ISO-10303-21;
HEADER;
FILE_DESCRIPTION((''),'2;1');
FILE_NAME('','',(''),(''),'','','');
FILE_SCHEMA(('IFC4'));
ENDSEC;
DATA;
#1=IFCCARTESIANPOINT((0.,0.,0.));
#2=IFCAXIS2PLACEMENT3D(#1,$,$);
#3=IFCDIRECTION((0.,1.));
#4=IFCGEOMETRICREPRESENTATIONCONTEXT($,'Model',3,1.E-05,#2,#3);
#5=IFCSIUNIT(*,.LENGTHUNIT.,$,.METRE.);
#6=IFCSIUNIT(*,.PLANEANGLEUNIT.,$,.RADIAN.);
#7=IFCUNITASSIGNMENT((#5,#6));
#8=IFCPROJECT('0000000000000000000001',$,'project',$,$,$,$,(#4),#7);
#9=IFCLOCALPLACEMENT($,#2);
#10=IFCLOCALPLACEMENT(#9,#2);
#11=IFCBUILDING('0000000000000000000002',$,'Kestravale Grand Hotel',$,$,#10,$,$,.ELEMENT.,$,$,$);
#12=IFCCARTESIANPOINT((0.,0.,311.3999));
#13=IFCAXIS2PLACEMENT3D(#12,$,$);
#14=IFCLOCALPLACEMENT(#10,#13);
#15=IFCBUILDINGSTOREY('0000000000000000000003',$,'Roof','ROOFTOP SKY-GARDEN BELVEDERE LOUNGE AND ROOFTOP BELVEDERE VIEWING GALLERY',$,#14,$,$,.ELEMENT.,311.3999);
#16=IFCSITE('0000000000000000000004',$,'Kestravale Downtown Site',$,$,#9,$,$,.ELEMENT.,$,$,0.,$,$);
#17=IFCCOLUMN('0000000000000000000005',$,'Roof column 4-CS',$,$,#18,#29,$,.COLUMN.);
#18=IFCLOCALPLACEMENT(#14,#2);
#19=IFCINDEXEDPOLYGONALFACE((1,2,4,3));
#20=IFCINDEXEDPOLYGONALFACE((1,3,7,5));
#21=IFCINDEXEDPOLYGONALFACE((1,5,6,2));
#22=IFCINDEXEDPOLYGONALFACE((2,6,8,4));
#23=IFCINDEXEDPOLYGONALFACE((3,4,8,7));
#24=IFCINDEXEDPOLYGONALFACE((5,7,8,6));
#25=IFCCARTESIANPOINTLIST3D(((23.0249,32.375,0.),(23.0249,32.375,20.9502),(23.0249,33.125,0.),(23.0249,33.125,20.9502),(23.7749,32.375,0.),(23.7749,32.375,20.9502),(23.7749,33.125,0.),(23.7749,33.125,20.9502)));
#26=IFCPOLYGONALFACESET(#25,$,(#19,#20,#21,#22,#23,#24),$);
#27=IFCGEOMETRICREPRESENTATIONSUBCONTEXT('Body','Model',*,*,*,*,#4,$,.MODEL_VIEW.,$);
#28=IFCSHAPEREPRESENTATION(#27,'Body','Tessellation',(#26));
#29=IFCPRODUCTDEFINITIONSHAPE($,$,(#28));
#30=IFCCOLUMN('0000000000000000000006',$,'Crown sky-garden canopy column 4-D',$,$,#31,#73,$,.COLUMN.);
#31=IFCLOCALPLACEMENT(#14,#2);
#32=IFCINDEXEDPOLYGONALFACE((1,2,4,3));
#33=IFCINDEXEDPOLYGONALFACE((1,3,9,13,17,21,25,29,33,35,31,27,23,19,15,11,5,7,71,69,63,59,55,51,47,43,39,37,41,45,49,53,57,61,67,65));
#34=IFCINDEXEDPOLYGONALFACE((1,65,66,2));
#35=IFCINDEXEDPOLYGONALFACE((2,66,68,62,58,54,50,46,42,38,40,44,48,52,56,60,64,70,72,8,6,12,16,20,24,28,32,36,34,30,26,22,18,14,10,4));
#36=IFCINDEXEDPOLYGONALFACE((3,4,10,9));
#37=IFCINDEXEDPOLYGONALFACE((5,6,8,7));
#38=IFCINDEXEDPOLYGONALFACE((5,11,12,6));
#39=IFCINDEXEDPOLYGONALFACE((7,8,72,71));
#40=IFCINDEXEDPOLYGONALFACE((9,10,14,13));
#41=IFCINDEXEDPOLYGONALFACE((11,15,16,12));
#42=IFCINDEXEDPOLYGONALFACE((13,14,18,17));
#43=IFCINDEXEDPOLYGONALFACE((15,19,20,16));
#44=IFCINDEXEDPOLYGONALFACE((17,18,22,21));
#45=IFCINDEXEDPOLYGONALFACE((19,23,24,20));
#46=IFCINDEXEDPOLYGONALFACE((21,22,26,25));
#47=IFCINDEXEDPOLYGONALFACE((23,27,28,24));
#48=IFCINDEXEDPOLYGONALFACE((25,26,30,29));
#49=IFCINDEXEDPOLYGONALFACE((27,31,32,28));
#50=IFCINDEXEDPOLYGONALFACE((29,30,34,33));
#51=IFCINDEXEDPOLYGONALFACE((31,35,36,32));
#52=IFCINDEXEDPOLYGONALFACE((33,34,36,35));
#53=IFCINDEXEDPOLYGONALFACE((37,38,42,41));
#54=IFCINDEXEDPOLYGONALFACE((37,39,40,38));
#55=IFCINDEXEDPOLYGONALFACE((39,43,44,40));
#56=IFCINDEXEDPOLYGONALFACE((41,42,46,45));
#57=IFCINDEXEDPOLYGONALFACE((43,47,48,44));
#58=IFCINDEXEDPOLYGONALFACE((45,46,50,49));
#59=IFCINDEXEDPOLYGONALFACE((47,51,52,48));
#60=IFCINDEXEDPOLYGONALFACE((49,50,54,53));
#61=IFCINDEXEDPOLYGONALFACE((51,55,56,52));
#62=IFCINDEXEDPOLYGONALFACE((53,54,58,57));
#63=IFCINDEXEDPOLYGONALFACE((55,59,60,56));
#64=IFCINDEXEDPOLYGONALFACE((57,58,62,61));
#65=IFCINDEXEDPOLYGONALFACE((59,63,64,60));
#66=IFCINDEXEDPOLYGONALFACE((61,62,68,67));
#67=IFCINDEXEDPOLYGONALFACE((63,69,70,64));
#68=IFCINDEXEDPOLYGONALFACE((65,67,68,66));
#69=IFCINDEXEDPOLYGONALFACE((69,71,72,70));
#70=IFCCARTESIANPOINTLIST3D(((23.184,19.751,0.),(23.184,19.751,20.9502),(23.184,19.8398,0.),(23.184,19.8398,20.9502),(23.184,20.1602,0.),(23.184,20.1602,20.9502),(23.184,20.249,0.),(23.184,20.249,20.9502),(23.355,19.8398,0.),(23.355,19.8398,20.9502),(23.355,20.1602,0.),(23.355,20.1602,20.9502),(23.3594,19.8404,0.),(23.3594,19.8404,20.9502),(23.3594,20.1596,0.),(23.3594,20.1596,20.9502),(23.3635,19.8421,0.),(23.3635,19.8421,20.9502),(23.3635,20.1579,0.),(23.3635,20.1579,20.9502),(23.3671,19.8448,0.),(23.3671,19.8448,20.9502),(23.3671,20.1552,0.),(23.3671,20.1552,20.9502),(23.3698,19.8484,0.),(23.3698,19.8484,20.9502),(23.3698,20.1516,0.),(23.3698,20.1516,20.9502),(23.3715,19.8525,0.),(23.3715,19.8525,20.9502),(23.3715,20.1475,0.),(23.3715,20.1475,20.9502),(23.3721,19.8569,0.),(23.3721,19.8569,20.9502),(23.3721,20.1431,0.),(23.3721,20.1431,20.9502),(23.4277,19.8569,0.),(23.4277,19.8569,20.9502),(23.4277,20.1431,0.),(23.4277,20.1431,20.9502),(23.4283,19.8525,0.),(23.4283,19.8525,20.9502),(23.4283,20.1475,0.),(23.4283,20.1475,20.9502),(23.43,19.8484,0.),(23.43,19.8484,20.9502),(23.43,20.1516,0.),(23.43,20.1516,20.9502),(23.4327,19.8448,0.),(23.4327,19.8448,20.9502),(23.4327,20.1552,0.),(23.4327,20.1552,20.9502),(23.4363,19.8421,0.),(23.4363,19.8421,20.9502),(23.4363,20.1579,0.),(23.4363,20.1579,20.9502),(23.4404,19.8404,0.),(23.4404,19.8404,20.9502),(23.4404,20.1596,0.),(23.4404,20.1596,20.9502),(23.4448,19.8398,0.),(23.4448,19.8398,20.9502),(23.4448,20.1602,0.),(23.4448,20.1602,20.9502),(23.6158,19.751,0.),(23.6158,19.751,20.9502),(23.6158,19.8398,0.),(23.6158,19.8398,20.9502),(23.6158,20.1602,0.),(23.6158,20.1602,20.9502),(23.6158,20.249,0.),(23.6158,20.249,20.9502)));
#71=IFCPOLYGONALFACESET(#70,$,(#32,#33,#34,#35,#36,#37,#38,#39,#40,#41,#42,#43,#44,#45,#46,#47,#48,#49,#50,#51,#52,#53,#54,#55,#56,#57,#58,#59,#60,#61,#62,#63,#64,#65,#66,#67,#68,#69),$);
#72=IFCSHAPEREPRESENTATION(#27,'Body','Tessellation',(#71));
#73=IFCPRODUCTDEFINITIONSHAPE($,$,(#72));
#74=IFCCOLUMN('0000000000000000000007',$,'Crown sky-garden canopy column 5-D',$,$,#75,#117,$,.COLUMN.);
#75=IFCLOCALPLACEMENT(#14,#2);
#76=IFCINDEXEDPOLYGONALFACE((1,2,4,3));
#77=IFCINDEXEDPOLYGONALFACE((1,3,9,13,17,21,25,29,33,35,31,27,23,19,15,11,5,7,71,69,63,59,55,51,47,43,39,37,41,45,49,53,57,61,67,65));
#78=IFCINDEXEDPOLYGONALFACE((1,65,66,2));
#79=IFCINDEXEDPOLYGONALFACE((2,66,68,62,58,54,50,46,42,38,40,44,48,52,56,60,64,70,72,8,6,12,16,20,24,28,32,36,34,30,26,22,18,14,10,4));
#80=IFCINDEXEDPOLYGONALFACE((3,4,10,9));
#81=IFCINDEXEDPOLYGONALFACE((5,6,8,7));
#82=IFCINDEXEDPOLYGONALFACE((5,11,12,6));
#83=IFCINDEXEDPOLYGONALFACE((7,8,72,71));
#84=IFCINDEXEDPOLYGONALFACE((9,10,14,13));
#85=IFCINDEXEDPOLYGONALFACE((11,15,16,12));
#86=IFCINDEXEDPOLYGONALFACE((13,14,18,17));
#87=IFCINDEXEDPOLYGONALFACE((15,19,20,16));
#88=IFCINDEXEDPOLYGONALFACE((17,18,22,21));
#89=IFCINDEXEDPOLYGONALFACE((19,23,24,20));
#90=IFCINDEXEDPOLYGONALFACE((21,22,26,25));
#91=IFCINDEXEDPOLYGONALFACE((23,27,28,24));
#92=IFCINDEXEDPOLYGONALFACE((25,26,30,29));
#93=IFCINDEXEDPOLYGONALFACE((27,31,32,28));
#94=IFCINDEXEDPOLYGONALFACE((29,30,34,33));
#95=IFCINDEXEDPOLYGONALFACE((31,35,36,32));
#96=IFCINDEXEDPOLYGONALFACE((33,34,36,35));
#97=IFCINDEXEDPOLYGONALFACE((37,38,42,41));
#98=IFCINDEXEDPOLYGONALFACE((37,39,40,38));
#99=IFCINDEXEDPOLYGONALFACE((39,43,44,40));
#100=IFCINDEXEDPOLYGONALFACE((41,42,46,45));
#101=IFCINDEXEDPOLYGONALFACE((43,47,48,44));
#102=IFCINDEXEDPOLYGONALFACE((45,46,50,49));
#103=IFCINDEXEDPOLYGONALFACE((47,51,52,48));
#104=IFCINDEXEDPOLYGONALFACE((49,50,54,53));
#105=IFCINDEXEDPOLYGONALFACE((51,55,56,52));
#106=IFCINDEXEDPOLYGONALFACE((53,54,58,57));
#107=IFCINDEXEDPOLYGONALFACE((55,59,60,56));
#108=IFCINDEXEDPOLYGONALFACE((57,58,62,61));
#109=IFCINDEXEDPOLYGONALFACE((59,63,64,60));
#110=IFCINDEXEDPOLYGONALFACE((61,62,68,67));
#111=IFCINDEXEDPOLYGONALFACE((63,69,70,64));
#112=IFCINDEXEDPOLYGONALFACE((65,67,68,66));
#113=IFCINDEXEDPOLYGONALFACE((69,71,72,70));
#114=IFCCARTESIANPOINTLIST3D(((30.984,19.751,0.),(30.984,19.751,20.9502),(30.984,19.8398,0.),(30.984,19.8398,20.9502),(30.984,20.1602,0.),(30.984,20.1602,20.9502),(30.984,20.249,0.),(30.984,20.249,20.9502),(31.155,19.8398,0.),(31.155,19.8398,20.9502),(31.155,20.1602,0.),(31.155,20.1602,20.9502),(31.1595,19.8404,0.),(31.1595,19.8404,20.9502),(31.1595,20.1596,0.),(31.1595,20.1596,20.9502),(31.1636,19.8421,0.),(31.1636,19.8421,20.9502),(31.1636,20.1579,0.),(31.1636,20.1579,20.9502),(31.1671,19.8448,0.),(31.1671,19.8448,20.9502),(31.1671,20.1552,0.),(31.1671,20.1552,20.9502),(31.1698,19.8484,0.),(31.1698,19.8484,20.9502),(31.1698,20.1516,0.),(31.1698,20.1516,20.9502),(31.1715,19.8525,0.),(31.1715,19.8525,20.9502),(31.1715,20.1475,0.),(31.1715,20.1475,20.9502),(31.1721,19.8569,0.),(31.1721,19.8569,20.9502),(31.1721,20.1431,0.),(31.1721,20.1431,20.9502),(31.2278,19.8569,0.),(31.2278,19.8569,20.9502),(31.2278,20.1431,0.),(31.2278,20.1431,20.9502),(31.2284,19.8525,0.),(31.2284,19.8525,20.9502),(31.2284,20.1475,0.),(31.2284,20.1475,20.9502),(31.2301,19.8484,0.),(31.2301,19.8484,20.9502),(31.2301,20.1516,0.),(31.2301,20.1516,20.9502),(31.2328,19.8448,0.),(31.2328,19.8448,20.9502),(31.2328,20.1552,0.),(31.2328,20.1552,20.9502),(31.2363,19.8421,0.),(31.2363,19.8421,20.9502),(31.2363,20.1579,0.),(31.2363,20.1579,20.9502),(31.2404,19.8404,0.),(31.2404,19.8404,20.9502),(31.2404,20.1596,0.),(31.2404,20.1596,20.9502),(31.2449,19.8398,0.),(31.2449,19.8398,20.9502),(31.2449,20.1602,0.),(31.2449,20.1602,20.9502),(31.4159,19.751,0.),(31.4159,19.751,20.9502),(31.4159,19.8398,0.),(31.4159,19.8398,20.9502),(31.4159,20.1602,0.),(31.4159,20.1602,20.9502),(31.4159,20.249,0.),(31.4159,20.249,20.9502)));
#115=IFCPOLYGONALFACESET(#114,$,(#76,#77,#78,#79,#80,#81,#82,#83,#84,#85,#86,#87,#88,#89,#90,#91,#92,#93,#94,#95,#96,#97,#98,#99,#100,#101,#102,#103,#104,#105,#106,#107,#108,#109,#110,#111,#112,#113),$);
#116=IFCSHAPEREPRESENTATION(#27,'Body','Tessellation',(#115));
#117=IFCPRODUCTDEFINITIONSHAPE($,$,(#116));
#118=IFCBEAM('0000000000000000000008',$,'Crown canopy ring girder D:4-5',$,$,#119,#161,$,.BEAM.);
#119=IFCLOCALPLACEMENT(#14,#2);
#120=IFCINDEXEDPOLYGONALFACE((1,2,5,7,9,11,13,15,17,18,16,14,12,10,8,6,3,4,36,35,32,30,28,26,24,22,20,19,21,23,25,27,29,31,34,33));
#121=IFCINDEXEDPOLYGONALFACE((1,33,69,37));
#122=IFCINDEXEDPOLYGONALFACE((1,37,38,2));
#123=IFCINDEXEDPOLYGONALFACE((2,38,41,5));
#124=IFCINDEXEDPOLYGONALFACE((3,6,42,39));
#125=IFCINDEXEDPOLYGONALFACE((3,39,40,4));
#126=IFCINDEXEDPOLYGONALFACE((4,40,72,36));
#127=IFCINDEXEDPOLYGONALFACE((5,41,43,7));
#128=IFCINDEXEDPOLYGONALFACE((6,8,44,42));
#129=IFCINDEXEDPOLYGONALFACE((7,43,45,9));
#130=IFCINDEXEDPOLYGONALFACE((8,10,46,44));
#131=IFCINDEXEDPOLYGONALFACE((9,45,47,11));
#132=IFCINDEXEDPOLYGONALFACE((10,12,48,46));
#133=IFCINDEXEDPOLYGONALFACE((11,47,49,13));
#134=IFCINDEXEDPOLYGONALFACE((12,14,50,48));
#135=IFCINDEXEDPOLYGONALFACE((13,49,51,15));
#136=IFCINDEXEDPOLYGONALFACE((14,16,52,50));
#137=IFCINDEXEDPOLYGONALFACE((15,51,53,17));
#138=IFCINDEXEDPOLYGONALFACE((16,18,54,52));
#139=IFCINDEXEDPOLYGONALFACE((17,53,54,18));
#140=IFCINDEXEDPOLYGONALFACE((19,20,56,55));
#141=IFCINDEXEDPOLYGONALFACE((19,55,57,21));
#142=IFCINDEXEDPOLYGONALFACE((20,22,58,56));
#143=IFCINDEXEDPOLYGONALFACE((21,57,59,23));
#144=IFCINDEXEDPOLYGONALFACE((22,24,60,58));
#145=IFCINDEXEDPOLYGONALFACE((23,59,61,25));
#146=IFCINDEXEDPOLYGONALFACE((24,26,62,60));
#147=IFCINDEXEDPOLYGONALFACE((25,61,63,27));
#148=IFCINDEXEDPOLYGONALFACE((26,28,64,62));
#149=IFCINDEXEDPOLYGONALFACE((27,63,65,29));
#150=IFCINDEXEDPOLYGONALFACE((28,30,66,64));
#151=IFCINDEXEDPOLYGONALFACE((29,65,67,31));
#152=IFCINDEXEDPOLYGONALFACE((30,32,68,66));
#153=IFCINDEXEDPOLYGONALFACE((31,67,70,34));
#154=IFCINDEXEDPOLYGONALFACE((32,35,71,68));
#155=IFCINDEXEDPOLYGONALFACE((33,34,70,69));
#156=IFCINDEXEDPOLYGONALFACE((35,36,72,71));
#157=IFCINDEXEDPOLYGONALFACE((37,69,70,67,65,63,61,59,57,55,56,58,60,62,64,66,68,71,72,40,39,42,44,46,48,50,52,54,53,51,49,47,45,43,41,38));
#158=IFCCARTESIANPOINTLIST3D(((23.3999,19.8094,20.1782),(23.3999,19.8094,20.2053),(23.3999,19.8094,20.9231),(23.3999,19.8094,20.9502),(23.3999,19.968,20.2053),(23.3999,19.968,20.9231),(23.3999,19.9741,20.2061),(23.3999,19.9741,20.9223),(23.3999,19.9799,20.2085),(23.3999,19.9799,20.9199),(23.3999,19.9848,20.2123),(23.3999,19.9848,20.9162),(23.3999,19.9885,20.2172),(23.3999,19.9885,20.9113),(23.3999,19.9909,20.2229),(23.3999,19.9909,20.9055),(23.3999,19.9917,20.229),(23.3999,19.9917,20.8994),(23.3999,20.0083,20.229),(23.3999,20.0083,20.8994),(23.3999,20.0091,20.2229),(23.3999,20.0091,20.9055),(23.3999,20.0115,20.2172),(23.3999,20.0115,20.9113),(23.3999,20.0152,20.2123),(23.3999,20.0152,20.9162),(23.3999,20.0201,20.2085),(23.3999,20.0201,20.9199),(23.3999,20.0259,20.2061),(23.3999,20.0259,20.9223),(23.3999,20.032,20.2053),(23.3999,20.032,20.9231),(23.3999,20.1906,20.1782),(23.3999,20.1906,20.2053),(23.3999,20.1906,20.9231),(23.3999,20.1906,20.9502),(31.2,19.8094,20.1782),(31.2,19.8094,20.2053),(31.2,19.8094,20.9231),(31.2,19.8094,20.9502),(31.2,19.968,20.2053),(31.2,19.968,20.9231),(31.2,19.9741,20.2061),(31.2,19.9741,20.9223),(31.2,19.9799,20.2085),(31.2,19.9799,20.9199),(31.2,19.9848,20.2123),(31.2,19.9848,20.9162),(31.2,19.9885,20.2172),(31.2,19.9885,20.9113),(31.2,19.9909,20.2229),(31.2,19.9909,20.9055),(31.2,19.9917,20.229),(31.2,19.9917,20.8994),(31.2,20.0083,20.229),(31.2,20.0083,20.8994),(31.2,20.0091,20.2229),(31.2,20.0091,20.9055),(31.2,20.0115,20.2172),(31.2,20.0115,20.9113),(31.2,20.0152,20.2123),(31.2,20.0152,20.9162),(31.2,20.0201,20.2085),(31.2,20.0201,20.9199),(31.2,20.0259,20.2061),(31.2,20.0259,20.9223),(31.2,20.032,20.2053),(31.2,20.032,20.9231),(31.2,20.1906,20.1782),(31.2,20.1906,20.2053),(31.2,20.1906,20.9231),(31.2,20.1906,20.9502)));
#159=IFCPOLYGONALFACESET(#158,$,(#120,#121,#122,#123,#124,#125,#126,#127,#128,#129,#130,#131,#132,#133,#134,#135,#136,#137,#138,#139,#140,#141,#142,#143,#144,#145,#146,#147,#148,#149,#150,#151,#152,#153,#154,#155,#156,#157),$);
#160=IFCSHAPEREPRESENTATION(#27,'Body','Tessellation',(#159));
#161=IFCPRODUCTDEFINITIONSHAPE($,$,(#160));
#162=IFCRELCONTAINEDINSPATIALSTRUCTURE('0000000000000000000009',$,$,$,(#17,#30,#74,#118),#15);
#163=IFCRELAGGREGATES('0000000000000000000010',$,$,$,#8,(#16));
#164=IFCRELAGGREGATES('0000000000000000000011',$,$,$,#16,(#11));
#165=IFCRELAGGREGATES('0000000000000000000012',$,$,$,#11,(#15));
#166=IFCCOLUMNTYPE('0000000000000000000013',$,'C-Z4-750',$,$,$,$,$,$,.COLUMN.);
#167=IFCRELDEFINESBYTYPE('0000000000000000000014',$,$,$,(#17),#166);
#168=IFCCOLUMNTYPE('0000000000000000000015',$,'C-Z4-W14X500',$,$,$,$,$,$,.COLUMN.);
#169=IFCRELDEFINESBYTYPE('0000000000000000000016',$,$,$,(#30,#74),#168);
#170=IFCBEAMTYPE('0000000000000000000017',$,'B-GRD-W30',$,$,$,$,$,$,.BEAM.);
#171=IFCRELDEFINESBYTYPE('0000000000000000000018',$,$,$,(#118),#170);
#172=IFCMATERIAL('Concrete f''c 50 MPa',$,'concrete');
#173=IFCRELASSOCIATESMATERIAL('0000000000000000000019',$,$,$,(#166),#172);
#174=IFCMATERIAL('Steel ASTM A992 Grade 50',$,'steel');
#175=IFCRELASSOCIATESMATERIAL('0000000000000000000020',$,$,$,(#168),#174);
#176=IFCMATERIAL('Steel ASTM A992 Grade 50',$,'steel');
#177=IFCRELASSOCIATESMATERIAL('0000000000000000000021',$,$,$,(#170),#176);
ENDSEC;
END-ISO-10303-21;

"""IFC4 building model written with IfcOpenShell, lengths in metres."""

from ifc_helpers import new_model, si_unit, direction, frame, origin, origin_2d, place, context, subcontext, project, spatial, rectangle, i_section, extrude, material, material_profile, profile_set, type_object, element, save


model = new_model("IFC4")

# Units and contexts
model_context = context("Model", 3, precision=1e-05, world=origin(), true_north=direction((0.0, 1.0)))
body_context = subcontext(model_context, "Body", "Model", "MODEL_VIEW")
ifc_project = project(units=[si_unit("LENGTHUNIT", "METRE"), si_unit("PLANEANGLEUNIT", "RADIAN")], contexts=[model_context])

# Site, building, storey
site_placement = place(None, origin())
site = spatial("IfcSite", under=ifc_project, at=site_placement, Name="Kestravale Downtown Site", CompositionType="ELEMENT", RefElevation=0.0)
building_placement = place(site_placement, origin())
building = spatial("IfcBuilding", under=site, at=building_placement, Name="Kestravale Grand Hotel", CompositionType="ELEMENT")
storey_placement = place(building_placement, frame((0.0, 0.0, 311.3999)))
storey = spatial("IfcBuildingStorey", under=building, at=storey_placement, Name="Roof", Description="ROOFTOP SKY-GARDEN BELVEDERE LOUNGE AND ROOFTOP BELVEDERE VIEWING GALLERY", CompositionType="ELEMENT", Elevation=311.3999)

# Columns
ifc_material_1 = material(Name="Concrete f'c 50 MPa", Category="concrete")
ifc_material_profile_1 = material_profile(ifc_material_1, rectangle(XDim=0.75, YDim=0.75, at=origin_2d()))
ifc_profile_set_1 = profile_set([ifc_material_profile_1], Name="Concrete f'c 50 MPa")
column_type_1 = type_object("IfcColumnType", Name="C-Z4-750", PredefinedType="COLUMN", material=ifc_profile_set_1)
column_placement = place(storey_placement, frame((23.3999, 32.75, 0.0), z_axis=(0.0, 0.0, 1.0), x_axis=(1.0, 0.0, 0.0)))
element("IfcColumn", 1, at=column_placement, inside=storey, type_object=column_type_1, Name="Roof column 4-CS", PredefinedType="COLUMN", context=body_context, shape_type="SweptSolid", body=[
    extrude(rectangle(XDim=0.75, YDim=0.75, at=origin_2d()), origin(), (0.0, 0.0, 1.0), 20.9502),
])
ifc_material_2 = material(Name="Steel ASTM A992 Grade 50", Category="steel")
ifc_material_profile_2 = material_profile(ifc_material_2, i_section(OverallWidth=0.4319, OverallDepth=0.498, WebThickness=0.0557, FlangeThickness=0.0889, FilletRadius=0.0171, at=origin_2d()))
ifc_profile_set_2 = profile_set([ifc_material_profile_2], Name="Steel ASTM A992 Grade 50")
column_type_2 = type_object("IfcColumnType", Name="C-Z4-W14X500", PredefinedType="COLUMN", material=ifc_profile_set_2)
for number, where, z_axis, x_axis, name in (
    (2, (23.3999, 20.0, 0.0), (0.0, 0.0, 1.0), (1.0, 0.0, 0.0), "Crown sky-garden canopy column 4-D"),
    (3, (31.2, 20.0, 0.0), (0.0, 0.0, 1.0), (1.0, 0.0, 0.0), "Crown sky-garden canopy column 5-D"),
):
    element("IfcColumn", number, at=place(storey_placement, frame(where, z_axis=z_axis, x_axis=x_axis)), inside=storey, type_object=column_type_2, Name=name, PredefinedType="COLUMN", context=body_context, shape_type="SweptSolid", body=[
        extrude(i_section(OverallWidth=0.4319, OverallDepth=0.498, WebThickness=0.0557, FlangeThickness=0.0889, FilletRadius=0.0171, at=origin_2d()), origin(), (0.0, 0.0, 1.0), 20.9502),
    ])

# Beam
ifc_material_3 = material(Name="Steel ASTM A992 Grade 50", Category="steel")
ifc_material_profile_3 = material_profile(ifc_material_3, i_section(OverallWidth=0.3811, OverallDepth=0.772, WebThickness=0.0166, FlangeThickness=0.0271, FilletRadius=0.0237, at=origin_2d()))
ifc_profile_set_3 = profile_set([ifc_material_profile_3], Name="Steel ASTM A992 Grade 50")
beam_type = type_object("IfcBeamType", Name="B-GRD-W30", PredefinedType="BEAM", material=ifc_profile_set_3)
beam_1_placement = place(storey_placement, frame((23.3999, 20.0, 20.5642), z_axis=(1.0, 0.0, 0.0), x_axis=(0.0, 1.0, 0.0)))
element("IfcBeam", 4, at=beam_1_placement, inside=storey, type_object=beam_type, Name="Crown canopy ring girder D:4-5", PredefinedType="BEAM", context=body_context, shape_type="SweptSolid", body=[
    extrude(i_section(OverallWidth=0.3811, OverallDepth=0.772, WebThickness=0.0166, FlangeThickness=0.0271, FilletRadius=0.0237, at=origin_2d()), origin(), (0.0, 0.0, 1.0), 7.8),
])

save(model, "model.ifc")
